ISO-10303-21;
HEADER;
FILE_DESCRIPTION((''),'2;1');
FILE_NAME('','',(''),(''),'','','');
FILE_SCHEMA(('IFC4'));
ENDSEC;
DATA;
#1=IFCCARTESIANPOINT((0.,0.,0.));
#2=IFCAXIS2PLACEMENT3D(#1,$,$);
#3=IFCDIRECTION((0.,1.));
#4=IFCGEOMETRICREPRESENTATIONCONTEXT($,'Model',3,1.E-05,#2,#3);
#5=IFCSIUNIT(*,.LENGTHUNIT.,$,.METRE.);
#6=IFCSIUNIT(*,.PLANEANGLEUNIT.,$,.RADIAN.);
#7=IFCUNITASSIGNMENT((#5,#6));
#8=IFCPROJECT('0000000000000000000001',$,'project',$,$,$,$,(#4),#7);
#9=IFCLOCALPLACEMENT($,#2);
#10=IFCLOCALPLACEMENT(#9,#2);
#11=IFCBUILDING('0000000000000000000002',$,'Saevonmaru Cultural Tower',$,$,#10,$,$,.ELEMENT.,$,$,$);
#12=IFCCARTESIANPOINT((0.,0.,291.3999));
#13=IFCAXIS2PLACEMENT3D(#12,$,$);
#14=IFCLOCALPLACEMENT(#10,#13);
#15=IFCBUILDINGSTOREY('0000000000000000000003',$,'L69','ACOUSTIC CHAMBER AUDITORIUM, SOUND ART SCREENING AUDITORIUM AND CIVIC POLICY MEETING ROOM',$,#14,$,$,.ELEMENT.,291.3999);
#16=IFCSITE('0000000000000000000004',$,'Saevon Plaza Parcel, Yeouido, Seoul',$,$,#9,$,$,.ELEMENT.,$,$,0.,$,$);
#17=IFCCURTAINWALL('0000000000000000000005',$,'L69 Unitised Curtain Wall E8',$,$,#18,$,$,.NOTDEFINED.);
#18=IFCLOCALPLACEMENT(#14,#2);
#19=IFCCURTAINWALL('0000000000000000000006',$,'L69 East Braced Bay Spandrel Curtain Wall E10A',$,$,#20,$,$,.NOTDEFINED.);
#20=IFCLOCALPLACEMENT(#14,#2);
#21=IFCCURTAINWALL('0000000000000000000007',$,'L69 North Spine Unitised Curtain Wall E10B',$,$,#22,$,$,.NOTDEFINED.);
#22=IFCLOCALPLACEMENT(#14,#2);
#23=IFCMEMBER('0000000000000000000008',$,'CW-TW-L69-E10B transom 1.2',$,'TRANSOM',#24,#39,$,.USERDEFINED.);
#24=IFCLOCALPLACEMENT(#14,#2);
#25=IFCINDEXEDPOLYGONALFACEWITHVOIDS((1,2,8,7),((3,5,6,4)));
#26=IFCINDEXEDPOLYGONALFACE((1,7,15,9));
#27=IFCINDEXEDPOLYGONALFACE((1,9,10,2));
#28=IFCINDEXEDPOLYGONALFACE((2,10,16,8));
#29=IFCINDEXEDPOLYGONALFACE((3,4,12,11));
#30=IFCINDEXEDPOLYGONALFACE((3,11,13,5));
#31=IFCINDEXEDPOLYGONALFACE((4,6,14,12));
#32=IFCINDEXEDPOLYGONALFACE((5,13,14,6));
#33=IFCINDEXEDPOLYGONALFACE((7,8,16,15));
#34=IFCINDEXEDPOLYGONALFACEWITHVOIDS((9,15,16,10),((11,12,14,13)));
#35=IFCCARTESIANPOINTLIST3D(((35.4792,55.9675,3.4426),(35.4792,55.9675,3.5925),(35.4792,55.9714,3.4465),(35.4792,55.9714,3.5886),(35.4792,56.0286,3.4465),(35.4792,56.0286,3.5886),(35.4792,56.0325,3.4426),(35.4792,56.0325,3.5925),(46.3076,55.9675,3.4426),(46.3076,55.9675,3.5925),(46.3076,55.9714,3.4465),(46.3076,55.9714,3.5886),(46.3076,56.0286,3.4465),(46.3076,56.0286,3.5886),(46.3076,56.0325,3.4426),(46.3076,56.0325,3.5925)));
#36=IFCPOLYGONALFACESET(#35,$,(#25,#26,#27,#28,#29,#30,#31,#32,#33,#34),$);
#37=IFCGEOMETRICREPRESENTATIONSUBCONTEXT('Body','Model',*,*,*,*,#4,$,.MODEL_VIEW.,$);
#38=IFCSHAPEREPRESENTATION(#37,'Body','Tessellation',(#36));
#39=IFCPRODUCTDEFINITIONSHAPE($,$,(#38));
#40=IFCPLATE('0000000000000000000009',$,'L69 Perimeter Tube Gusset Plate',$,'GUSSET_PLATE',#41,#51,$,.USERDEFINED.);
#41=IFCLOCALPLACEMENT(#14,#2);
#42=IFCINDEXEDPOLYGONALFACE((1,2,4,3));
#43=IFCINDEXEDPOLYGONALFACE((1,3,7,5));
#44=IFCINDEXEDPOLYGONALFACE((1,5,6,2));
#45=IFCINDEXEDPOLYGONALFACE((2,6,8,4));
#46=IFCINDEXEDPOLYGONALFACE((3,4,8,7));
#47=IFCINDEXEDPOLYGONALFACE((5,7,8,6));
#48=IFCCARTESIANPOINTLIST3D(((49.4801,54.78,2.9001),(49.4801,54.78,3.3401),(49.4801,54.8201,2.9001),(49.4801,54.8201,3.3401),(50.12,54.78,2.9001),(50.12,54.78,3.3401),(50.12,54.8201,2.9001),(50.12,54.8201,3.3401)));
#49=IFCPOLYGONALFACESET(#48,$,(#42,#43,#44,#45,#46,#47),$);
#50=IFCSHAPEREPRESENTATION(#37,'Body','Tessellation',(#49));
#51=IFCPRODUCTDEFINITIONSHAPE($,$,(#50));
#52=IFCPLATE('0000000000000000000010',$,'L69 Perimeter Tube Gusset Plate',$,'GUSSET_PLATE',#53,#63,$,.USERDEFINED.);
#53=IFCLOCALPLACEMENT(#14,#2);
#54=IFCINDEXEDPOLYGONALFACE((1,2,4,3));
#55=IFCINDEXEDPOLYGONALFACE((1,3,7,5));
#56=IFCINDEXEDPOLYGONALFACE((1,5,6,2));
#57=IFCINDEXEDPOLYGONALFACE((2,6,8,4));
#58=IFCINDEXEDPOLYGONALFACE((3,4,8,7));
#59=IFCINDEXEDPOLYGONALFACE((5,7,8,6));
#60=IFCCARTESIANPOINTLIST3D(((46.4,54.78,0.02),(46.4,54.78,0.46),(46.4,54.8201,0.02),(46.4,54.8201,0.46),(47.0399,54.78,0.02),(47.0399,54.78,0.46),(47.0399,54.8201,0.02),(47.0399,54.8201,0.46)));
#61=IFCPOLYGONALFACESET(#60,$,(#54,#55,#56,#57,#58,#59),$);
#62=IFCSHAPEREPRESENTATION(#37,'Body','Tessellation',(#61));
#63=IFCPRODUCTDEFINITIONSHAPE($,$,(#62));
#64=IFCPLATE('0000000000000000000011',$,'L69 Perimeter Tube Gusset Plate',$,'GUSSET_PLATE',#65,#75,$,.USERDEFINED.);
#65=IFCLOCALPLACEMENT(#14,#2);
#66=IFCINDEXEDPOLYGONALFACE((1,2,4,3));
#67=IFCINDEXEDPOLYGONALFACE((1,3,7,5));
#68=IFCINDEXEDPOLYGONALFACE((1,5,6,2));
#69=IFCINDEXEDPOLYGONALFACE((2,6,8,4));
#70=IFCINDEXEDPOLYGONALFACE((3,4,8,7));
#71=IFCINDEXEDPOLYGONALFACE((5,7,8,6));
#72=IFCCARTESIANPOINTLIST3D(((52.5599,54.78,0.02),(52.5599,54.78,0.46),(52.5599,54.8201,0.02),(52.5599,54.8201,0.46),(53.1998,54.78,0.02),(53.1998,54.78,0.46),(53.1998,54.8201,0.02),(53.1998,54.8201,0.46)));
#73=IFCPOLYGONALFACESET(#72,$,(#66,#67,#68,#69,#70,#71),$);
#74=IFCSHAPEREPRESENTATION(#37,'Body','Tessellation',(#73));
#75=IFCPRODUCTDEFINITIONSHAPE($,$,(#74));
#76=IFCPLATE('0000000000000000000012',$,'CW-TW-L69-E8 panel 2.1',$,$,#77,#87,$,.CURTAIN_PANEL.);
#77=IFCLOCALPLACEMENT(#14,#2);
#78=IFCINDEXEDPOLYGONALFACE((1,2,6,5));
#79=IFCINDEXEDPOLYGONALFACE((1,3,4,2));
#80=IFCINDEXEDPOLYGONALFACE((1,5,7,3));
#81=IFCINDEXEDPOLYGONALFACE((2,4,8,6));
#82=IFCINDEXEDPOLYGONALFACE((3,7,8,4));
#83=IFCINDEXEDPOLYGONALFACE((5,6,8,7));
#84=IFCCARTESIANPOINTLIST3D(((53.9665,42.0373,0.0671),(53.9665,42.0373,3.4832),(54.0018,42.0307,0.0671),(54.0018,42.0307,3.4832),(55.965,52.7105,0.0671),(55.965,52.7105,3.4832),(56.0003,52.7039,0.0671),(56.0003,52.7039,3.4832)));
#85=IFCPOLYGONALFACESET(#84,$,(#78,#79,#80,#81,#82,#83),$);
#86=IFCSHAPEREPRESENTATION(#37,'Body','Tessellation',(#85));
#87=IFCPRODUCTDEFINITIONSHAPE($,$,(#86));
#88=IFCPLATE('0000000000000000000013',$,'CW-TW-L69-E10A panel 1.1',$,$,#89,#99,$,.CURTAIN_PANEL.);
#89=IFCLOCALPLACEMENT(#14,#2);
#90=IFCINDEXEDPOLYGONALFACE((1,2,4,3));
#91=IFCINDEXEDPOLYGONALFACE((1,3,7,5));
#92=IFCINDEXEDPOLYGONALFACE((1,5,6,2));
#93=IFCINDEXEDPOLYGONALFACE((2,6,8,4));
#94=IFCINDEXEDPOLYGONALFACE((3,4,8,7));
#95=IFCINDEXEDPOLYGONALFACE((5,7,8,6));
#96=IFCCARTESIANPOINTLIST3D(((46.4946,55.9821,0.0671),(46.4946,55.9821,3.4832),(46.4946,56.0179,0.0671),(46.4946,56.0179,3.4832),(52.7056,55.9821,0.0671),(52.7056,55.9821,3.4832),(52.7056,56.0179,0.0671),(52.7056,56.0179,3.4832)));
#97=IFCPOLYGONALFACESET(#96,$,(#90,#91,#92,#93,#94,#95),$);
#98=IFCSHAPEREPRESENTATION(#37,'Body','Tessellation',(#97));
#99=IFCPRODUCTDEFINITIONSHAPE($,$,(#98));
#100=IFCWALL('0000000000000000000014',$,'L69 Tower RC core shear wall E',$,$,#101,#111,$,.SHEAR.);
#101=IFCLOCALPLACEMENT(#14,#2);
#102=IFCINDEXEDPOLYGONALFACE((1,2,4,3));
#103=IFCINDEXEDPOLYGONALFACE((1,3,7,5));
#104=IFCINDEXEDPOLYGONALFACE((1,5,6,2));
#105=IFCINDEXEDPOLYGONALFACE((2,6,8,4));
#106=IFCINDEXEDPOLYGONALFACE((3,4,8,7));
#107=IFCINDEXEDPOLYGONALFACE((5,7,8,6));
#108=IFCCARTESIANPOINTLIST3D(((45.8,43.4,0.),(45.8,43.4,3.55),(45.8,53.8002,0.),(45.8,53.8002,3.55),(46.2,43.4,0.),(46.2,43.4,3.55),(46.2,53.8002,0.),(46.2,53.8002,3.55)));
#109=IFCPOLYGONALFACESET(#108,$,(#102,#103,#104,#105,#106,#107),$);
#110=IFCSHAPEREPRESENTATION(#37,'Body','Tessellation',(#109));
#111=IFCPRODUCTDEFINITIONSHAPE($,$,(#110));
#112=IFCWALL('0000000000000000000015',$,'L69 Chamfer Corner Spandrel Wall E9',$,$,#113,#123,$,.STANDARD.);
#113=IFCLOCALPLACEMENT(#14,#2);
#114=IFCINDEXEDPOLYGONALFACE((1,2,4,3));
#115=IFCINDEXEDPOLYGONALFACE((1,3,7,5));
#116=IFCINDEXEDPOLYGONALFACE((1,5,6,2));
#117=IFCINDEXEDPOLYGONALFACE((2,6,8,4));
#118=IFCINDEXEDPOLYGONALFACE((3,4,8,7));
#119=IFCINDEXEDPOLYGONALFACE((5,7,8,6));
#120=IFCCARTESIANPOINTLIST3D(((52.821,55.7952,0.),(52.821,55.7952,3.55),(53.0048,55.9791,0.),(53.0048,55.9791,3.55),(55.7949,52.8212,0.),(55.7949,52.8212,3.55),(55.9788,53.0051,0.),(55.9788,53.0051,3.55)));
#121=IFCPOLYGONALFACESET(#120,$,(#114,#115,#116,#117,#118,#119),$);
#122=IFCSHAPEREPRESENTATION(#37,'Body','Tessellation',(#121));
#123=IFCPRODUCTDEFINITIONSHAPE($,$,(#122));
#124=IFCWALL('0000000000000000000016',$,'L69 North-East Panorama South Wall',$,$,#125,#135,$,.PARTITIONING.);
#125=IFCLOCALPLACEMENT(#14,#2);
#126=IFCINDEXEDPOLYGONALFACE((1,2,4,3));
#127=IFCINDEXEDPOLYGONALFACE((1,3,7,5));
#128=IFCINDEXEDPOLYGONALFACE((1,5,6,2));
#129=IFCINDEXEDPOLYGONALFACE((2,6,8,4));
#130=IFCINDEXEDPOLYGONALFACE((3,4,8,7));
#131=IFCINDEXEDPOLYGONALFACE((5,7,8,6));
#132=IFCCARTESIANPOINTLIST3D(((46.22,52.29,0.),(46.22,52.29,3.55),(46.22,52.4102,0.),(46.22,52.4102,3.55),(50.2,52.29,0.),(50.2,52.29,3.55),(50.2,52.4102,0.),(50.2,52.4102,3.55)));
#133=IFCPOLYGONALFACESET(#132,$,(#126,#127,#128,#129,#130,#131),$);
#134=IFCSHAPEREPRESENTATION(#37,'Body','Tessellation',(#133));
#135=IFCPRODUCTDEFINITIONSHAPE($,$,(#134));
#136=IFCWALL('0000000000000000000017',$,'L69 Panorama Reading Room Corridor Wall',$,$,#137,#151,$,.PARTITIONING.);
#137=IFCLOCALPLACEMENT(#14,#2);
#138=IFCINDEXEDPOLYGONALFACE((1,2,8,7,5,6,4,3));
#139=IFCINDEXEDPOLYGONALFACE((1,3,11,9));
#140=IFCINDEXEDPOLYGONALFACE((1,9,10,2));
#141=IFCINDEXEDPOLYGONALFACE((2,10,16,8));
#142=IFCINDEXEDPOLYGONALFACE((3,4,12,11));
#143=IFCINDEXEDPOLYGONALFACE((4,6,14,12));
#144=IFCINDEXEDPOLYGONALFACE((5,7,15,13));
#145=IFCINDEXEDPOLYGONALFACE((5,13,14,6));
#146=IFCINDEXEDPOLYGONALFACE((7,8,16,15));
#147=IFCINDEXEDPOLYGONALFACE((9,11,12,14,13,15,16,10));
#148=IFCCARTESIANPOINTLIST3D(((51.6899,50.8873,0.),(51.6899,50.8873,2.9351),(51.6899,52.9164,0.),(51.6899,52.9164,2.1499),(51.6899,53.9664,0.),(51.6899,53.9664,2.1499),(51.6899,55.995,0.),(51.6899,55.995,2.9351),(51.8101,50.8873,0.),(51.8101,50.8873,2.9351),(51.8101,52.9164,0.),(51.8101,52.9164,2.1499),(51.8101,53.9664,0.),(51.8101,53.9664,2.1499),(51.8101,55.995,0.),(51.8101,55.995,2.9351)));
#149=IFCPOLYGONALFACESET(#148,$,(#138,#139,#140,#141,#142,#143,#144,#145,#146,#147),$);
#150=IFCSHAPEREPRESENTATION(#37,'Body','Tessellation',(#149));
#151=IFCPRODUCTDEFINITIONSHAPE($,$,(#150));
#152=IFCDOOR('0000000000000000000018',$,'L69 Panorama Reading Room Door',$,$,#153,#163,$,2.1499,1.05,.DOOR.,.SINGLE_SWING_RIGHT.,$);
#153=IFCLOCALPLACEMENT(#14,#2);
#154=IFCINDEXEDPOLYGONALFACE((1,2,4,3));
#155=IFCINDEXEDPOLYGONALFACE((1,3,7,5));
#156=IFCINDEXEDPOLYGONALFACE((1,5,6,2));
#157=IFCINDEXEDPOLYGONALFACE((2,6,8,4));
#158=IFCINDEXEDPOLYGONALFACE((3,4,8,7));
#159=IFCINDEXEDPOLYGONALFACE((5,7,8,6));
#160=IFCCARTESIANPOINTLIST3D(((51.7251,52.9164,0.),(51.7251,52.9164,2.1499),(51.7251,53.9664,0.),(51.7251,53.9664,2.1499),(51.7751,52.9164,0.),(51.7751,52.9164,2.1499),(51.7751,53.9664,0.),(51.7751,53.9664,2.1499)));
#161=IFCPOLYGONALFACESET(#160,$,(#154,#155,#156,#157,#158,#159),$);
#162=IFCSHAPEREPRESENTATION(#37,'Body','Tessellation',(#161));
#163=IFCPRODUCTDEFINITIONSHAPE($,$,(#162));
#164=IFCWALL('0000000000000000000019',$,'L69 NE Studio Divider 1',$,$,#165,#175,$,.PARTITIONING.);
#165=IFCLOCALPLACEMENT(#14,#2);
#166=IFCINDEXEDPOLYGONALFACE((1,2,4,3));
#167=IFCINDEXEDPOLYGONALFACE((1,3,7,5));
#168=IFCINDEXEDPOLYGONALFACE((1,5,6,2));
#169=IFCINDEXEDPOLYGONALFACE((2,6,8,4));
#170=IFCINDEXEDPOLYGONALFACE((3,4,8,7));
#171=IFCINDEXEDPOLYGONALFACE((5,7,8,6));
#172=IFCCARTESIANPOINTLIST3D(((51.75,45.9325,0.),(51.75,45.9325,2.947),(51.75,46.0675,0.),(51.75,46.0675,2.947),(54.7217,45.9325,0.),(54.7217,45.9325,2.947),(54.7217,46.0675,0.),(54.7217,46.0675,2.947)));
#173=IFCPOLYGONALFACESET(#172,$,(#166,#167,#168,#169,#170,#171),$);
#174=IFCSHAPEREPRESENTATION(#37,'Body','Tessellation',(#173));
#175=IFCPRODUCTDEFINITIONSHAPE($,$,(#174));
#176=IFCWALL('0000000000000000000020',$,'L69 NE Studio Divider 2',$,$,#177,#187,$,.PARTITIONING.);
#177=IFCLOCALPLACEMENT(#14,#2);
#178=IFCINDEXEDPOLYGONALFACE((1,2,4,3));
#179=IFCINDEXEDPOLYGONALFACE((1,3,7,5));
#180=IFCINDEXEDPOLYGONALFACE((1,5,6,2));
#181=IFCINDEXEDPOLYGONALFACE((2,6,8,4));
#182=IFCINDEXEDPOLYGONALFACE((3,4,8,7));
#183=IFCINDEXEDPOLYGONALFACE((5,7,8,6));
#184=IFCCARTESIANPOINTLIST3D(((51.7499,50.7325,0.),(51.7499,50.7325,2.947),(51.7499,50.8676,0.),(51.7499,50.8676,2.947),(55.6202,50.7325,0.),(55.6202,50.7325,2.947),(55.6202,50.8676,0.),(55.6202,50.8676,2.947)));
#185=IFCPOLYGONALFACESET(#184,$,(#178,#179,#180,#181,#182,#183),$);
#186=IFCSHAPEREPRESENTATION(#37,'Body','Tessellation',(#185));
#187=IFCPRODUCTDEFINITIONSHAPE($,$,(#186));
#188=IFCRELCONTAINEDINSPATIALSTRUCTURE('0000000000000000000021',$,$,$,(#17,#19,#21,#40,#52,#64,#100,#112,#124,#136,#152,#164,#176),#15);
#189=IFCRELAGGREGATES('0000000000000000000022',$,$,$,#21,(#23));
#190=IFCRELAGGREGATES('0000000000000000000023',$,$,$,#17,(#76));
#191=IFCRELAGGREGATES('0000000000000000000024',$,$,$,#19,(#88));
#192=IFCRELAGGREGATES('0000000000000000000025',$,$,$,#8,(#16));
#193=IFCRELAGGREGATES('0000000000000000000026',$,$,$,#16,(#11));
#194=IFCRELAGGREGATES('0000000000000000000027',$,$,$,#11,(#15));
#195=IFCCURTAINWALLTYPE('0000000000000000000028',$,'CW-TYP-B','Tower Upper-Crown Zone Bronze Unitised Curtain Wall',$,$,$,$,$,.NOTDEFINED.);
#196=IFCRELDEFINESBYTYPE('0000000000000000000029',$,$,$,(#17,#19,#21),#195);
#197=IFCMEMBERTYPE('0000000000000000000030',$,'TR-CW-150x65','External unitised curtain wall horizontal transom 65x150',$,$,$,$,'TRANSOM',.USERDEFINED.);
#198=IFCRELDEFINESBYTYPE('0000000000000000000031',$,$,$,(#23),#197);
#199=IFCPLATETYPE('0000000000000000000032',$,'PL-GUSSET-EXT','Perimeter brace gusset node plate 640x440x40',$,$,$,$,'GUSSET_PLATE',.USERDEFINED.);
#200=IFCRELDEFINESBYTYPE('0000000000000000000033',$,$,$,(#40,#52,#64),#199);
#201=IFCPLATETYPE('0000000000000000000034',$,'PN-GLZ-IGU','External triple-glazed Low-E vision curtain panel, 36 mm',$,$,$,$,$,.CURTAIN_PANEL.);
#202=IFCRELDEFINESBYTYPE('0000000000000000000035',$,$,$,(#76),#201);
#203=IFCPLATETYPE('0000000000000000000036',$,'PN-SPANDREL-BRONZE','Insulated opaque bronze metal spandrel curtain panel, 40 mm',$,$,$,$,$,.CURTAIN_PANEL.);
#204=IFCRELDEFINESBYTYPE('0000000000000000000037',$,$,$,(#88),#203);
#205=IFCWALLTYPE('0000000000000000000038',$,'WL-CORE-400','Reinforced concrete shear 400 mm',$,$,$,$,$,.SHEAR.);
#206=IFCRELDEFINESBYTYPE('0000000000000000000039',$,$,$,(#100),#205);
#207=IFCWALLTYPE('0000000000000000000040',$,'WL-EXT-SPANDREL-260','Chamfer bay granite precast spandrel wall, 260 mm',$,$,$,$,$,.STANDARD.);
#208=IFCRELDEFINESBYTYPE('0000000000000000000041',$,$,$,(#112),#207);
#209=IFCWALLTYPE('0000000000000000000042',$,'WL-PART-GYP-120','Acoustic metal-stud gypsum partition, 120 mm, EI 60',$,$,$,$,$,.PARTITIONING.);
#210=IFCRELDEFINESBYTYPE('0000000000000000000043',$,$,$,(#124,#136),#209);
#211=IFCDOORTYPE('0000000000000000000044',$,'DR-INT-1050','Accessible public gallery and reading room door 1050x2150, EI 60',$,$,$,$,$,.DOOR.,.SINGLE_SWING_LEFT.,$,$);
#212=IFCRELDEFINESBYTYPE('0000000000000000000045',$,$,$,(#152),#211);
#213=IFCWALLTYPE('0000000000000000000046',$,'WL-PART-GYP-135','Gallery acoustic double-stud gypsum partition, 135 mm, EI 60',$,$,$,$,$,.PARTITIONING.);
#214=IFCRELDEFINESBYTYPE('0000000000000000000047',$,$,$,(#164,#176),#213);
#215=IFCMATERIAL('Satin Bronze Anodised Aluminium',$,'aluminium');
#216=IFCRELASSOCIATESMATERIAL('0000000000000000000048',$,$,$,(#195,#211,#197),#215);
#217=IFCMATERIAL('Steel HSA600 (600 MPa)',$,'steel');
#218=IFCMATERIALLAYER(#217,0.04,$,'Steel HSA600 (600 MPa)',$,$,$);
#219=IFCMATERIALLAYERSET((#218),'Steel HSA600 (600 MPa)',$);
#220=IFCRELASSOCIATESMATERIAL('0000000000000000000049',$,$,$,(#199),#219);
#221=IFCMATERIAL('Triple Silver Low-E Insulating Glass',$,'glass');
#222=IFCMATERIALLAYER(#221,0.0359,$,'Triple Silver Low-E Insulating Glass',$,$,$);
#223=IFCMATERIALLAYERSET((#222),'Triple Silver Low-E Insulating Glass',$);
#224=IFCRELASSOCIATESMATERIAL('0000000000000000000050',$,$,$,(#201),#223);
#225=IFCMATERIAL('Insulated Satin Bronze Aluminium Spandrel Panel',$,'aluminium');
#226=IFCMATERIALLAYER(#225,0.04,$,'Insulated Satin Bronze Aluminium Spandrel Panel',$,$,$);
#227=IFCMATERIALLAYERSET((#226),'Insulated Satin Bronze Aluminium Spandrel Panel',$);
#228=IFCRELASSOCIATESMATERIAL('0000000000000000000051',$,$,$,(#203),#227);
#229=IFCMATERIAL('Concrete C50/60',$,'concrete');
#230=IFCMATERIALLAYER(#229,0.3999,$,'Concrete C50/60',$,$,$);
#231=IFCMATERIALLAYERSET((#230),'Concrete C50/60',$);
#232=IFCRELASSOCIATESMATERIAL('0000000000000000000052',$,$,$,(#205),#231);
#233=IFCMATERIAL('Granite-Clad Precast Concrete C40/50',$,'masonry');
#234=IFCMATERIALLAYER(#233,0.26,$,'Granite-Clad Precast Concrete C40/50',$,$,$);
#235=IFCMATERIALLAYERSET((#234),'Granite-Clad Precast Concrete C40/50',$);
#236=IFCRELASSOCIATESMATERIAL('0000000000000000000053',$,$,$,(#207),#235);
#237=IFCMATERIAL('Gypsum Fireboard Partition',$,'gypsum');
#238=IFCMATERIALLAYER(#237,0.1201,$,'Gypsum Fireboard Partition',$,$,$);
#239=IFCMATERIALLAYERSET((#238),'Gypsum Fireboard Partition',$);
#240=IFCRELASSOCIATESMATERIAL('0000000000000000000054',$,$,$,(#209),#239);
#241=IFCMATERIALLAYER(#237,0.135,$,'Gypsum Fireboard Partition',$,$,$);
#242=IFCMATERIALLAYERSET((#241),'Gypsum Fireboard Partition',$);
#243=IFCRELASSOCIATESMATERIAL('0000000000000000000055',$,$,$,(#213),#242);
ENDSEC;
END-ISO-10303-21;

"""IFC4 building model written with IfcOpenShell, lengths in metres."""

from ifc_helpers import new_model, si_unit, direction, frame, frame_2d, origin, origin_2d, place, context, subcontext, project, spatial, rectangle, hollow_rectangle, extrude, material, layer, layer_set, material_profile, profile_set, type_object, element, fill, aggregate, save


model = new_model("IFC4")

# Units and contexts
model_context = context("Model", 3, precision=1e-05, world=origin(), true_north=direction((0.0, 1.0)))
body_context = subcontext(model_context, "Body", "Model", "MODEL_VIEW")
ifc_project = project(units=[si_unit("LENGTHUNIT", "METRE"), si_unit("PLANEANGLEUNIT", "RADIAN")], contexts=[model_context])

# Site, building, storey
site_placement = place(None, origin())
site = spatial("IfcSite", under=ifc_project, at=site_placement, Name="Saevon Plaza Parcel, Yeouido, Seoul", CompositionType="ELEMENT", RefElevation=0.0)
building_placement = place(site_placement, origin())
building = spatial("IfcBuilding", under=site, at=building_placement, Name="Saevonmaru Cultural Tower", CompositionType="ELEMENT")
storey_placement = place(building_placement, frame((0.0, 0.0, 291.3999)))
storey = spatial("IfcBuildingStorey", under=building, at=storey_placement, Name="L69", Description="ACOUSTIC CHAMBER AUDITORIUM, SOUND ART SCREENING AUDITORIUM AND CIVIC POLICY MEETING ROOM", CompositionType="ELEMENT", Elevation=291.3999)

# Curtain wall
ifc_material_1 = material(Name="Satin Bronze Anodised Aluminium", Category="aluminium")
curtain_wall_type = type_object("IfcCurtainWallType", Name="CW-TYP-B", Description="Tower Upper-Crown Zone Bronze Unitised Curtain Wall", PredefinedType="NOTDEFINED", material=ifc_material_1)
curtain_wall_1_placement = place(storey_placement, origin())
curtain_wall_1 = element("IfcCurtainWall", 1, at=curtain_wall_1_placement, inside=storey, type_object=curtain_wall_type, Name="L69 Unitised Curtain Wall E8", PredefinedType="NOTDEFINED")

# Curtain wall
curtain_wall_2_placement = place(storey_placement, origin())
curtain_wall_2 = element("IfcCurtainWall", 2, at=curtain_wall_2_placement, inside=storey, type_object=curtain_wall_type, Name="L69 East Braced Bay Spandrel Curtain Wall E10A", PredefinedType="NOTDEFINED")

# Curtain wall
curtain_wall_3_placement = place(storey_placement, origin())
curtain_wall_3 = element("IfcCurtainWall", 3, at=curtain_wall_3_placement, inside=storey, type_object=curtain_wall_type, Name="L69 North Spine Unitised Curtain Wall E10B", PredefinedType="NOTDEFINED")

# Member
ifc_material_profile_1 = material_profile(ifc_material_1, hollow_rectangle(XDim=0.0649, YDim=0.1499, WallThickness=0.0039, at=origin_2d()), Name="ALU-TRAN-150x65x4")
ifc_profile_set_1 = profile_set([ifc_material_profile_1], Name="Satin Bronze Anodised Aluminium")
member_type_1 = type_object("IfcMemberType", Name="TR-CW-150x65", Description="External unitised curtain wall horizontal transom 65x150", ElementType="TRANSOM", PredefinedType="USERDEFINED", material=ifc_profile_set_1)
member_1_placement = place(storey_placement, frame((46.3076, 56.0, 3.5176), z_axis=(-1.0, 0.0, 0.0), x_axis=(0.0, -1.0, 0.0)))
member_1 = element("IfcMember", 4, at=member_1_placement, type_object=member_type_1, Name="CW-TW-L69-E10B transom 1.2", ObjectType="TRANSOM", PredefinedType="USERDEFINED", context=body_context, shape_type="SweptSolid", body=[
    extrude(hollow_rectangle(XDim=0.0649, YDim=0.1499, WallThickness=0.0039, at=origin_2d()), origin(), (0.0, 0.0, 1.0), 10.8284),
])
aggregate(curtain_wall_3, [member_1])

# Plates
ifc_material_2 = material(Name="Steel HSA600 (600 MPa)", Category="steel")
ifc_layer_1 = layer(ifc_material_2, 0.04, Name="Steel HSA600 (600 MPa)")
ifc_layer_set_1 = layer_set([ifc_layer_1], Name="Steel HSA600 (600 MPa)")
plate_type_1 = type_object("IfcPlateType", Name="PL-GUSSET-EXT", Description="Perimeter brace gusset node plate 640x440x40", ElementType="GUSSET_PLATE", PredefinedType="USERDEFINED", material=ifc_layer_set_1)
for number, where, z_axis, x_axis, name in (
    (5, (49.8, 54.8, 2.9001), (0.0, 0.0, 1.0), (1.0, 0.0, 0.0), "L69 Perimeter Tube Gusset Plate"),
    (6, (46.72, 54.8, 0.02), (0.0, 0.0, 1.0), (1.0, 0.0, 0.0), "L69 Perimeter Tube Gusset Plate"),
    (7, (52.8799, 54.8, 0.02), (0.0, 0.0, 1.0), (1.0, 0.0, 0.0), "L69 Perimeter Tube Gusset Plate"),
):
    element("IfcPlate", number, at=place(storey_placement, frame(where, z_axis=z_axis, x_axis=x_axis)), inside=storey, type_object=plate_type_1, Name=name, ObjectType="GUSSET_PLATE", PredefinedType="USERDEFINED", context=body_context, shape_type="SweptSolid", body=[
        extrude(rectangle(XDim=0.6399, YDim=0.04, at=origin_2d()), origin(), (0.0, 0.0, 1.0), 0.4399),
    ])

# Plates
ifc_material_3 = material(Name="Triple Silver Low-E Insulating Glass", Category="glass")
ifc_layer_2 = layer(ifc_material_3, 0.0359, Name="Triple Silver Low-E Insulating Glass")
ifc_layer_set_2 = layer_set([ifc_layer_2], Name="Triple Silver Low-E Insulating Glass")
plate_type_2 = type_object("IfcPlateType", Name="PN-GLZ-IGU", Description="External triple-glazed Low-E vision curtain panel, 36 mm", PredefinedType="CURTAIN_PANEL", material=ifc_layer_set_2)
plate_1_placement = place(storey_placement, frame((54.9834, 47.3706, 0.0671), z_axis=(0.0, 0.0, 1.0), x_axis=(0.184047, 0.982918, 0.0)))
plate_1 = element("IfcPlate", 8, at=plate_1_placement, type_object=plate_type_2, Name="CW-TW-L69-E8 panel 2.1", PredefinedType="CURTAIN_PANEL", context=body_context, shape_type="SweptSolid", body=[
    extrude(rectangle(XDim=10.8586, YDim=0.0359, at=origin_2d()), origin(), (0.0, 0.0, 1.0), 3.416),
])
aggregate(curtain_wall_1, [plate_1])
ifc_material_4 = material(Name="Insulated Satin Bronze Aluminium Spandrel Panel", Category="aluminium")
ifc_layer_3 = layer(ifc_material_4, 0.04, Name="Insulated Satin Bronze Aluminium Spandrel Panel")
ifc_layer_set_3 = layer_set([ifc_layer_3], Name="Insulated Satin Bronze Aluminium Spandrel Panel")
plate_type_3 = type_object("IfcPlateType", Name="PN-SPANDREL-BRONZE", Description="Insulated opaque bronze metal spandrel curtain panel, 40 mm", PredefinedType="CURTAIN_PANEL", material=ifc_layer_set_3)
plate_2_placement = place(storey_placement, frame((49.6001, 56.0, 0.0671), z_axis=(0.0, 0.0, 1.0), x_axis=(-1.0, 0.0, 0.0)))
plate_2 = element("IfcPlate", 9, at=plate_2_placement, type_object=plate_type_3, Name="CW-TW-L69-E10A panel 1.1", PredefinedType="CURTAIN_PANEL", context=body_context, shape_type="SweptSolid", body=[
    extrude(rectangle(XDim=6.2109, YDim=0.0359, at=origin_2d()), origin(), (0.0, 0.0, 1.0), 3.416),
])
aggregate(curtain_wall_2, [plate_2])

# Walls
ifc_material_5 = material(Name="Concrete C50/60", Category="concrete")
ifc_layer_4 = layer(ifc_material_5, 0.3999, Name="Concrete C50/60")
ifc_layer_set_4 = layer_set([ifc_layer_4], Name="Concrete C50/60")
wall_type_1 = type_object("IfcWallType", Name="WL-CORE-400", Description="Reinforced concrete shear 400 mm", PredefinedType="SHEAR", material=ifc_layer_set_4)
wall_1_placement = place(storey_placement, frame((46.0, 43.3999, 0.0), z_axis=(0.0, 0.0, 1.0), x_axis=(0.0, 1.0, 0.0)))
element("IfcWall", 10, at=wall_1_placement, inside=storey, type_object=wall_type_1, Name="L69 Tower RC core shear wall E", PredefinedType="SHEAR", context=body_context, shape_type="SweptSolid", body=[
    extrude(rectangle(XDim=10.4001, YDim=0.3999, at=frame_2d((5.2002, 0.0))), origin(), (0.0, 0.0, 1.0), 3.55),
])
ifc_material_6 = material(Name="Granite-Clad Precast Concrete C40/50", Category="masonry")
ifc_layer_5 = layer(ifc_material_6, 0.26, Name="Granite-Clad Precast Concrete C40/50")
ifc_layer_set_5 = layer_set([ifc_layer_5], Name="Granite-Clad Precast Concrete C40/50")
wall_type_2 = type_object("IfcWallType", Name="WL-EXT-SPANDREL-260", Description="Chamfer bay granite precast spandrel wall, 260 mm", PredefinedType="STANDARD", material=ifc_layer_set_5)
wall_2_placement = place(storey_placement, frame((55.887, 52.9131, 0.0), z_axis=(0.0, 0.0, 1.0), x_axis=(-0.707107, 0.707107, 0.0)))
element("IfcWall", 11, at=wall_2_placement, inside=storey, type_object=wall_type_2, Name="L69 Chamfer Corner Spandrel Wall E9", PredefinedType="STANDARD", context=body_context, shape_type="SweptSolid", body=[
    extrude(rectangle(XDim=4.2058, YDim=0.26, at=frame_2d((2.103, 0.0))), origin(), (0.0, 0.0, 1.0), 3.55),
])

# Shared definitions
ifc_material_7 = material(Name="Gypsum Fireboard Partition", Category="gypsum")
door_type_1 = type_object("IfcDoorType", Name="DR-INT-1050", Description="Accessible public gallery and reading room door 1050x2150, EI 60", OperationType="SINGLE_SWING_LEFT", PredefinedType="DOOR", material=ifc_material_1)

# Wall
ifc_layer_6 = layer(ifc_material_7, 0.1201, Name="Gypsum Fireboard Partition")
ifc_layer_set_6 = layer_set([ifc_layer_6], Name="Gypsum Fireboard Partition")
wall_type_3 = type_object("IfcWallType", Name="WL-PART-GYP-120", Description="Acoustic metal-stud gypsum partition, 120 mm, EI 60", PredefinedType="PARTITIONING", material=ifc_layer_set_6)
wall_3_placement = place(storey_placement, frame((46.22, 52.3501, 0.0), z_axis=(0.0, 0.0, 1.0), x_axis=(1.0, 0.0, 0.0)))
element("IfcWall", 12, at=wall_3_placement, inside=storey, type_object=wall_type_3, Name="L69 North-East Panorama South Wall", PredefinedType="PARTITIONING", context=body_context, shape_type="SweptSolid", body=[
    extrude(rectangle(XDim=3.98, YDim=0.1201, at=frame_2d((1.99, 0.0))), origin(), (0.0, 0.0, 1.0), 3.55),
])

# Wall, opening, door
wall_4_placement = place(storey_placement, frame((51.75, 50.8875, 0.0), z_axis=(0.0, 0.0, 1.0), x_axis=(0.0, 1.0, 0.0)))
wall_4 = element("IfcWall", 13, at=wall_4_placement, inside=storey, type_object=wall_type_3, Name="L69 Panorama Reading Room Corridor Wall", PredefinedType="PARTITIONING", context=body_context, shape_type="SweptSolid", body=[
    extrude(rectangle(XDim=5.1077, YDim=0.1201, at=frame_2d((2.5537, 0.0))), origin(), (0.0, 0.0, 1.0), 2.9351),
])
opening_1_placement = place(wall_4_placement, frame((2.0291, 0.0, 0.0)))
opening_1 = element("IfcOpeningElement", 14, at=opening_1_placement, cuts=wall_4, PredefinedType="OPENING", context=body_context, shape_type="SweptSolid", body=[
    extrude(rectangle(XDim=1.05, YDim=2.1499, at=frame_2d((0.5249, 1.075))), frame((0.0, 0.0701, 0.0), z_axis=(0.0, -1.0, 0.0), x_axis=(1.0, 0.0, 0.0)), (0.0, 0.0, 1.0), 0.1401),
])
door_1_placement = place(opening_1_placement, origin())
door_1 = element("IfcDoor", 15, at=door_1_placement, inside=storey, type_object=door_type_1, Name="L69 Panorama Reading Room Door", OperationType="SINGLE_SWING_RIGHT", OverallHeight=2.1499, OverallWidth=1.05, PredefinedType="DOOR", context=body_context, shape_type="SweptSolid", body=[
    extrude(rectangle(XDim=1.05, YDim=2.1499, at=frame_2d((0.5249, 1.075))), frame((0.0, 0.0249, 0.0), z_axis=(0.0, -1.0, 0.0), x_axis=(1.0, 0.0, 0.0)), (0.0, 0.0, 1.0), 0.05),
])
fill(opening_1, door_1)

# Walls
ifc_layer_7 = layer(ifc_material_7, 0.135, Name="Gypsum Fireboard Partition")
ifc_layer_set_7 = layer_set([ifc_layer_7], Name="Gypsum Fireboard Partition")
wall_type_4 = type_object("IfcWallType", Name="WL-PART-GYP-135", Description="Gallery acoustic double-stud gypsum partition, 135 mm, EI 60", PredefinedType="PARTITIONING", material=ifc_layer_set_7)
wall_5_placement = place(storey_placement, frame((51.75, 46.0, 0.0), z_axis=(0.0, 0.0, 1.0), x_axis=(1.0, 0.0, 0.0)))
element("IfcWall", 16, at=wall_5_placement, inside=storey, type_object=wall_type_4, Name="L69 NE Studio Divider 1", PredefinedType="PARTITIONING", context=body_context, shape_type="SweptSolid", body=[
    extrude(rectangle(XDim=2.9717, YDim=0.135, at=frame_2d((1.4858, 0.0))), origin(), (0.0, 0.0, 1.0), 2.947),
])
wall_6_placement = place(storey_placement, frame((51.75, 50.8, 0.0), z_axis=(0.0, 0.0, 1.0), x_axis=(1.0, 0.0, 0.0)))
element("IfcWall", 17, at=wall_6_placement, inside=storey, type_object=wall_type_4, Name="L69 NE Studio Divider 2", PredefinedType="PARTITIONING", context=body_context, shape_type="SweptSolid", body=[
    extrude(rectangle(XDim=3.8704, YDim=0.135, at=frame_2d((1.9351, 0.0))), origin(), (0.0, 0.0, 1.0), 2.947),
])

save(model, "model.ifc")
